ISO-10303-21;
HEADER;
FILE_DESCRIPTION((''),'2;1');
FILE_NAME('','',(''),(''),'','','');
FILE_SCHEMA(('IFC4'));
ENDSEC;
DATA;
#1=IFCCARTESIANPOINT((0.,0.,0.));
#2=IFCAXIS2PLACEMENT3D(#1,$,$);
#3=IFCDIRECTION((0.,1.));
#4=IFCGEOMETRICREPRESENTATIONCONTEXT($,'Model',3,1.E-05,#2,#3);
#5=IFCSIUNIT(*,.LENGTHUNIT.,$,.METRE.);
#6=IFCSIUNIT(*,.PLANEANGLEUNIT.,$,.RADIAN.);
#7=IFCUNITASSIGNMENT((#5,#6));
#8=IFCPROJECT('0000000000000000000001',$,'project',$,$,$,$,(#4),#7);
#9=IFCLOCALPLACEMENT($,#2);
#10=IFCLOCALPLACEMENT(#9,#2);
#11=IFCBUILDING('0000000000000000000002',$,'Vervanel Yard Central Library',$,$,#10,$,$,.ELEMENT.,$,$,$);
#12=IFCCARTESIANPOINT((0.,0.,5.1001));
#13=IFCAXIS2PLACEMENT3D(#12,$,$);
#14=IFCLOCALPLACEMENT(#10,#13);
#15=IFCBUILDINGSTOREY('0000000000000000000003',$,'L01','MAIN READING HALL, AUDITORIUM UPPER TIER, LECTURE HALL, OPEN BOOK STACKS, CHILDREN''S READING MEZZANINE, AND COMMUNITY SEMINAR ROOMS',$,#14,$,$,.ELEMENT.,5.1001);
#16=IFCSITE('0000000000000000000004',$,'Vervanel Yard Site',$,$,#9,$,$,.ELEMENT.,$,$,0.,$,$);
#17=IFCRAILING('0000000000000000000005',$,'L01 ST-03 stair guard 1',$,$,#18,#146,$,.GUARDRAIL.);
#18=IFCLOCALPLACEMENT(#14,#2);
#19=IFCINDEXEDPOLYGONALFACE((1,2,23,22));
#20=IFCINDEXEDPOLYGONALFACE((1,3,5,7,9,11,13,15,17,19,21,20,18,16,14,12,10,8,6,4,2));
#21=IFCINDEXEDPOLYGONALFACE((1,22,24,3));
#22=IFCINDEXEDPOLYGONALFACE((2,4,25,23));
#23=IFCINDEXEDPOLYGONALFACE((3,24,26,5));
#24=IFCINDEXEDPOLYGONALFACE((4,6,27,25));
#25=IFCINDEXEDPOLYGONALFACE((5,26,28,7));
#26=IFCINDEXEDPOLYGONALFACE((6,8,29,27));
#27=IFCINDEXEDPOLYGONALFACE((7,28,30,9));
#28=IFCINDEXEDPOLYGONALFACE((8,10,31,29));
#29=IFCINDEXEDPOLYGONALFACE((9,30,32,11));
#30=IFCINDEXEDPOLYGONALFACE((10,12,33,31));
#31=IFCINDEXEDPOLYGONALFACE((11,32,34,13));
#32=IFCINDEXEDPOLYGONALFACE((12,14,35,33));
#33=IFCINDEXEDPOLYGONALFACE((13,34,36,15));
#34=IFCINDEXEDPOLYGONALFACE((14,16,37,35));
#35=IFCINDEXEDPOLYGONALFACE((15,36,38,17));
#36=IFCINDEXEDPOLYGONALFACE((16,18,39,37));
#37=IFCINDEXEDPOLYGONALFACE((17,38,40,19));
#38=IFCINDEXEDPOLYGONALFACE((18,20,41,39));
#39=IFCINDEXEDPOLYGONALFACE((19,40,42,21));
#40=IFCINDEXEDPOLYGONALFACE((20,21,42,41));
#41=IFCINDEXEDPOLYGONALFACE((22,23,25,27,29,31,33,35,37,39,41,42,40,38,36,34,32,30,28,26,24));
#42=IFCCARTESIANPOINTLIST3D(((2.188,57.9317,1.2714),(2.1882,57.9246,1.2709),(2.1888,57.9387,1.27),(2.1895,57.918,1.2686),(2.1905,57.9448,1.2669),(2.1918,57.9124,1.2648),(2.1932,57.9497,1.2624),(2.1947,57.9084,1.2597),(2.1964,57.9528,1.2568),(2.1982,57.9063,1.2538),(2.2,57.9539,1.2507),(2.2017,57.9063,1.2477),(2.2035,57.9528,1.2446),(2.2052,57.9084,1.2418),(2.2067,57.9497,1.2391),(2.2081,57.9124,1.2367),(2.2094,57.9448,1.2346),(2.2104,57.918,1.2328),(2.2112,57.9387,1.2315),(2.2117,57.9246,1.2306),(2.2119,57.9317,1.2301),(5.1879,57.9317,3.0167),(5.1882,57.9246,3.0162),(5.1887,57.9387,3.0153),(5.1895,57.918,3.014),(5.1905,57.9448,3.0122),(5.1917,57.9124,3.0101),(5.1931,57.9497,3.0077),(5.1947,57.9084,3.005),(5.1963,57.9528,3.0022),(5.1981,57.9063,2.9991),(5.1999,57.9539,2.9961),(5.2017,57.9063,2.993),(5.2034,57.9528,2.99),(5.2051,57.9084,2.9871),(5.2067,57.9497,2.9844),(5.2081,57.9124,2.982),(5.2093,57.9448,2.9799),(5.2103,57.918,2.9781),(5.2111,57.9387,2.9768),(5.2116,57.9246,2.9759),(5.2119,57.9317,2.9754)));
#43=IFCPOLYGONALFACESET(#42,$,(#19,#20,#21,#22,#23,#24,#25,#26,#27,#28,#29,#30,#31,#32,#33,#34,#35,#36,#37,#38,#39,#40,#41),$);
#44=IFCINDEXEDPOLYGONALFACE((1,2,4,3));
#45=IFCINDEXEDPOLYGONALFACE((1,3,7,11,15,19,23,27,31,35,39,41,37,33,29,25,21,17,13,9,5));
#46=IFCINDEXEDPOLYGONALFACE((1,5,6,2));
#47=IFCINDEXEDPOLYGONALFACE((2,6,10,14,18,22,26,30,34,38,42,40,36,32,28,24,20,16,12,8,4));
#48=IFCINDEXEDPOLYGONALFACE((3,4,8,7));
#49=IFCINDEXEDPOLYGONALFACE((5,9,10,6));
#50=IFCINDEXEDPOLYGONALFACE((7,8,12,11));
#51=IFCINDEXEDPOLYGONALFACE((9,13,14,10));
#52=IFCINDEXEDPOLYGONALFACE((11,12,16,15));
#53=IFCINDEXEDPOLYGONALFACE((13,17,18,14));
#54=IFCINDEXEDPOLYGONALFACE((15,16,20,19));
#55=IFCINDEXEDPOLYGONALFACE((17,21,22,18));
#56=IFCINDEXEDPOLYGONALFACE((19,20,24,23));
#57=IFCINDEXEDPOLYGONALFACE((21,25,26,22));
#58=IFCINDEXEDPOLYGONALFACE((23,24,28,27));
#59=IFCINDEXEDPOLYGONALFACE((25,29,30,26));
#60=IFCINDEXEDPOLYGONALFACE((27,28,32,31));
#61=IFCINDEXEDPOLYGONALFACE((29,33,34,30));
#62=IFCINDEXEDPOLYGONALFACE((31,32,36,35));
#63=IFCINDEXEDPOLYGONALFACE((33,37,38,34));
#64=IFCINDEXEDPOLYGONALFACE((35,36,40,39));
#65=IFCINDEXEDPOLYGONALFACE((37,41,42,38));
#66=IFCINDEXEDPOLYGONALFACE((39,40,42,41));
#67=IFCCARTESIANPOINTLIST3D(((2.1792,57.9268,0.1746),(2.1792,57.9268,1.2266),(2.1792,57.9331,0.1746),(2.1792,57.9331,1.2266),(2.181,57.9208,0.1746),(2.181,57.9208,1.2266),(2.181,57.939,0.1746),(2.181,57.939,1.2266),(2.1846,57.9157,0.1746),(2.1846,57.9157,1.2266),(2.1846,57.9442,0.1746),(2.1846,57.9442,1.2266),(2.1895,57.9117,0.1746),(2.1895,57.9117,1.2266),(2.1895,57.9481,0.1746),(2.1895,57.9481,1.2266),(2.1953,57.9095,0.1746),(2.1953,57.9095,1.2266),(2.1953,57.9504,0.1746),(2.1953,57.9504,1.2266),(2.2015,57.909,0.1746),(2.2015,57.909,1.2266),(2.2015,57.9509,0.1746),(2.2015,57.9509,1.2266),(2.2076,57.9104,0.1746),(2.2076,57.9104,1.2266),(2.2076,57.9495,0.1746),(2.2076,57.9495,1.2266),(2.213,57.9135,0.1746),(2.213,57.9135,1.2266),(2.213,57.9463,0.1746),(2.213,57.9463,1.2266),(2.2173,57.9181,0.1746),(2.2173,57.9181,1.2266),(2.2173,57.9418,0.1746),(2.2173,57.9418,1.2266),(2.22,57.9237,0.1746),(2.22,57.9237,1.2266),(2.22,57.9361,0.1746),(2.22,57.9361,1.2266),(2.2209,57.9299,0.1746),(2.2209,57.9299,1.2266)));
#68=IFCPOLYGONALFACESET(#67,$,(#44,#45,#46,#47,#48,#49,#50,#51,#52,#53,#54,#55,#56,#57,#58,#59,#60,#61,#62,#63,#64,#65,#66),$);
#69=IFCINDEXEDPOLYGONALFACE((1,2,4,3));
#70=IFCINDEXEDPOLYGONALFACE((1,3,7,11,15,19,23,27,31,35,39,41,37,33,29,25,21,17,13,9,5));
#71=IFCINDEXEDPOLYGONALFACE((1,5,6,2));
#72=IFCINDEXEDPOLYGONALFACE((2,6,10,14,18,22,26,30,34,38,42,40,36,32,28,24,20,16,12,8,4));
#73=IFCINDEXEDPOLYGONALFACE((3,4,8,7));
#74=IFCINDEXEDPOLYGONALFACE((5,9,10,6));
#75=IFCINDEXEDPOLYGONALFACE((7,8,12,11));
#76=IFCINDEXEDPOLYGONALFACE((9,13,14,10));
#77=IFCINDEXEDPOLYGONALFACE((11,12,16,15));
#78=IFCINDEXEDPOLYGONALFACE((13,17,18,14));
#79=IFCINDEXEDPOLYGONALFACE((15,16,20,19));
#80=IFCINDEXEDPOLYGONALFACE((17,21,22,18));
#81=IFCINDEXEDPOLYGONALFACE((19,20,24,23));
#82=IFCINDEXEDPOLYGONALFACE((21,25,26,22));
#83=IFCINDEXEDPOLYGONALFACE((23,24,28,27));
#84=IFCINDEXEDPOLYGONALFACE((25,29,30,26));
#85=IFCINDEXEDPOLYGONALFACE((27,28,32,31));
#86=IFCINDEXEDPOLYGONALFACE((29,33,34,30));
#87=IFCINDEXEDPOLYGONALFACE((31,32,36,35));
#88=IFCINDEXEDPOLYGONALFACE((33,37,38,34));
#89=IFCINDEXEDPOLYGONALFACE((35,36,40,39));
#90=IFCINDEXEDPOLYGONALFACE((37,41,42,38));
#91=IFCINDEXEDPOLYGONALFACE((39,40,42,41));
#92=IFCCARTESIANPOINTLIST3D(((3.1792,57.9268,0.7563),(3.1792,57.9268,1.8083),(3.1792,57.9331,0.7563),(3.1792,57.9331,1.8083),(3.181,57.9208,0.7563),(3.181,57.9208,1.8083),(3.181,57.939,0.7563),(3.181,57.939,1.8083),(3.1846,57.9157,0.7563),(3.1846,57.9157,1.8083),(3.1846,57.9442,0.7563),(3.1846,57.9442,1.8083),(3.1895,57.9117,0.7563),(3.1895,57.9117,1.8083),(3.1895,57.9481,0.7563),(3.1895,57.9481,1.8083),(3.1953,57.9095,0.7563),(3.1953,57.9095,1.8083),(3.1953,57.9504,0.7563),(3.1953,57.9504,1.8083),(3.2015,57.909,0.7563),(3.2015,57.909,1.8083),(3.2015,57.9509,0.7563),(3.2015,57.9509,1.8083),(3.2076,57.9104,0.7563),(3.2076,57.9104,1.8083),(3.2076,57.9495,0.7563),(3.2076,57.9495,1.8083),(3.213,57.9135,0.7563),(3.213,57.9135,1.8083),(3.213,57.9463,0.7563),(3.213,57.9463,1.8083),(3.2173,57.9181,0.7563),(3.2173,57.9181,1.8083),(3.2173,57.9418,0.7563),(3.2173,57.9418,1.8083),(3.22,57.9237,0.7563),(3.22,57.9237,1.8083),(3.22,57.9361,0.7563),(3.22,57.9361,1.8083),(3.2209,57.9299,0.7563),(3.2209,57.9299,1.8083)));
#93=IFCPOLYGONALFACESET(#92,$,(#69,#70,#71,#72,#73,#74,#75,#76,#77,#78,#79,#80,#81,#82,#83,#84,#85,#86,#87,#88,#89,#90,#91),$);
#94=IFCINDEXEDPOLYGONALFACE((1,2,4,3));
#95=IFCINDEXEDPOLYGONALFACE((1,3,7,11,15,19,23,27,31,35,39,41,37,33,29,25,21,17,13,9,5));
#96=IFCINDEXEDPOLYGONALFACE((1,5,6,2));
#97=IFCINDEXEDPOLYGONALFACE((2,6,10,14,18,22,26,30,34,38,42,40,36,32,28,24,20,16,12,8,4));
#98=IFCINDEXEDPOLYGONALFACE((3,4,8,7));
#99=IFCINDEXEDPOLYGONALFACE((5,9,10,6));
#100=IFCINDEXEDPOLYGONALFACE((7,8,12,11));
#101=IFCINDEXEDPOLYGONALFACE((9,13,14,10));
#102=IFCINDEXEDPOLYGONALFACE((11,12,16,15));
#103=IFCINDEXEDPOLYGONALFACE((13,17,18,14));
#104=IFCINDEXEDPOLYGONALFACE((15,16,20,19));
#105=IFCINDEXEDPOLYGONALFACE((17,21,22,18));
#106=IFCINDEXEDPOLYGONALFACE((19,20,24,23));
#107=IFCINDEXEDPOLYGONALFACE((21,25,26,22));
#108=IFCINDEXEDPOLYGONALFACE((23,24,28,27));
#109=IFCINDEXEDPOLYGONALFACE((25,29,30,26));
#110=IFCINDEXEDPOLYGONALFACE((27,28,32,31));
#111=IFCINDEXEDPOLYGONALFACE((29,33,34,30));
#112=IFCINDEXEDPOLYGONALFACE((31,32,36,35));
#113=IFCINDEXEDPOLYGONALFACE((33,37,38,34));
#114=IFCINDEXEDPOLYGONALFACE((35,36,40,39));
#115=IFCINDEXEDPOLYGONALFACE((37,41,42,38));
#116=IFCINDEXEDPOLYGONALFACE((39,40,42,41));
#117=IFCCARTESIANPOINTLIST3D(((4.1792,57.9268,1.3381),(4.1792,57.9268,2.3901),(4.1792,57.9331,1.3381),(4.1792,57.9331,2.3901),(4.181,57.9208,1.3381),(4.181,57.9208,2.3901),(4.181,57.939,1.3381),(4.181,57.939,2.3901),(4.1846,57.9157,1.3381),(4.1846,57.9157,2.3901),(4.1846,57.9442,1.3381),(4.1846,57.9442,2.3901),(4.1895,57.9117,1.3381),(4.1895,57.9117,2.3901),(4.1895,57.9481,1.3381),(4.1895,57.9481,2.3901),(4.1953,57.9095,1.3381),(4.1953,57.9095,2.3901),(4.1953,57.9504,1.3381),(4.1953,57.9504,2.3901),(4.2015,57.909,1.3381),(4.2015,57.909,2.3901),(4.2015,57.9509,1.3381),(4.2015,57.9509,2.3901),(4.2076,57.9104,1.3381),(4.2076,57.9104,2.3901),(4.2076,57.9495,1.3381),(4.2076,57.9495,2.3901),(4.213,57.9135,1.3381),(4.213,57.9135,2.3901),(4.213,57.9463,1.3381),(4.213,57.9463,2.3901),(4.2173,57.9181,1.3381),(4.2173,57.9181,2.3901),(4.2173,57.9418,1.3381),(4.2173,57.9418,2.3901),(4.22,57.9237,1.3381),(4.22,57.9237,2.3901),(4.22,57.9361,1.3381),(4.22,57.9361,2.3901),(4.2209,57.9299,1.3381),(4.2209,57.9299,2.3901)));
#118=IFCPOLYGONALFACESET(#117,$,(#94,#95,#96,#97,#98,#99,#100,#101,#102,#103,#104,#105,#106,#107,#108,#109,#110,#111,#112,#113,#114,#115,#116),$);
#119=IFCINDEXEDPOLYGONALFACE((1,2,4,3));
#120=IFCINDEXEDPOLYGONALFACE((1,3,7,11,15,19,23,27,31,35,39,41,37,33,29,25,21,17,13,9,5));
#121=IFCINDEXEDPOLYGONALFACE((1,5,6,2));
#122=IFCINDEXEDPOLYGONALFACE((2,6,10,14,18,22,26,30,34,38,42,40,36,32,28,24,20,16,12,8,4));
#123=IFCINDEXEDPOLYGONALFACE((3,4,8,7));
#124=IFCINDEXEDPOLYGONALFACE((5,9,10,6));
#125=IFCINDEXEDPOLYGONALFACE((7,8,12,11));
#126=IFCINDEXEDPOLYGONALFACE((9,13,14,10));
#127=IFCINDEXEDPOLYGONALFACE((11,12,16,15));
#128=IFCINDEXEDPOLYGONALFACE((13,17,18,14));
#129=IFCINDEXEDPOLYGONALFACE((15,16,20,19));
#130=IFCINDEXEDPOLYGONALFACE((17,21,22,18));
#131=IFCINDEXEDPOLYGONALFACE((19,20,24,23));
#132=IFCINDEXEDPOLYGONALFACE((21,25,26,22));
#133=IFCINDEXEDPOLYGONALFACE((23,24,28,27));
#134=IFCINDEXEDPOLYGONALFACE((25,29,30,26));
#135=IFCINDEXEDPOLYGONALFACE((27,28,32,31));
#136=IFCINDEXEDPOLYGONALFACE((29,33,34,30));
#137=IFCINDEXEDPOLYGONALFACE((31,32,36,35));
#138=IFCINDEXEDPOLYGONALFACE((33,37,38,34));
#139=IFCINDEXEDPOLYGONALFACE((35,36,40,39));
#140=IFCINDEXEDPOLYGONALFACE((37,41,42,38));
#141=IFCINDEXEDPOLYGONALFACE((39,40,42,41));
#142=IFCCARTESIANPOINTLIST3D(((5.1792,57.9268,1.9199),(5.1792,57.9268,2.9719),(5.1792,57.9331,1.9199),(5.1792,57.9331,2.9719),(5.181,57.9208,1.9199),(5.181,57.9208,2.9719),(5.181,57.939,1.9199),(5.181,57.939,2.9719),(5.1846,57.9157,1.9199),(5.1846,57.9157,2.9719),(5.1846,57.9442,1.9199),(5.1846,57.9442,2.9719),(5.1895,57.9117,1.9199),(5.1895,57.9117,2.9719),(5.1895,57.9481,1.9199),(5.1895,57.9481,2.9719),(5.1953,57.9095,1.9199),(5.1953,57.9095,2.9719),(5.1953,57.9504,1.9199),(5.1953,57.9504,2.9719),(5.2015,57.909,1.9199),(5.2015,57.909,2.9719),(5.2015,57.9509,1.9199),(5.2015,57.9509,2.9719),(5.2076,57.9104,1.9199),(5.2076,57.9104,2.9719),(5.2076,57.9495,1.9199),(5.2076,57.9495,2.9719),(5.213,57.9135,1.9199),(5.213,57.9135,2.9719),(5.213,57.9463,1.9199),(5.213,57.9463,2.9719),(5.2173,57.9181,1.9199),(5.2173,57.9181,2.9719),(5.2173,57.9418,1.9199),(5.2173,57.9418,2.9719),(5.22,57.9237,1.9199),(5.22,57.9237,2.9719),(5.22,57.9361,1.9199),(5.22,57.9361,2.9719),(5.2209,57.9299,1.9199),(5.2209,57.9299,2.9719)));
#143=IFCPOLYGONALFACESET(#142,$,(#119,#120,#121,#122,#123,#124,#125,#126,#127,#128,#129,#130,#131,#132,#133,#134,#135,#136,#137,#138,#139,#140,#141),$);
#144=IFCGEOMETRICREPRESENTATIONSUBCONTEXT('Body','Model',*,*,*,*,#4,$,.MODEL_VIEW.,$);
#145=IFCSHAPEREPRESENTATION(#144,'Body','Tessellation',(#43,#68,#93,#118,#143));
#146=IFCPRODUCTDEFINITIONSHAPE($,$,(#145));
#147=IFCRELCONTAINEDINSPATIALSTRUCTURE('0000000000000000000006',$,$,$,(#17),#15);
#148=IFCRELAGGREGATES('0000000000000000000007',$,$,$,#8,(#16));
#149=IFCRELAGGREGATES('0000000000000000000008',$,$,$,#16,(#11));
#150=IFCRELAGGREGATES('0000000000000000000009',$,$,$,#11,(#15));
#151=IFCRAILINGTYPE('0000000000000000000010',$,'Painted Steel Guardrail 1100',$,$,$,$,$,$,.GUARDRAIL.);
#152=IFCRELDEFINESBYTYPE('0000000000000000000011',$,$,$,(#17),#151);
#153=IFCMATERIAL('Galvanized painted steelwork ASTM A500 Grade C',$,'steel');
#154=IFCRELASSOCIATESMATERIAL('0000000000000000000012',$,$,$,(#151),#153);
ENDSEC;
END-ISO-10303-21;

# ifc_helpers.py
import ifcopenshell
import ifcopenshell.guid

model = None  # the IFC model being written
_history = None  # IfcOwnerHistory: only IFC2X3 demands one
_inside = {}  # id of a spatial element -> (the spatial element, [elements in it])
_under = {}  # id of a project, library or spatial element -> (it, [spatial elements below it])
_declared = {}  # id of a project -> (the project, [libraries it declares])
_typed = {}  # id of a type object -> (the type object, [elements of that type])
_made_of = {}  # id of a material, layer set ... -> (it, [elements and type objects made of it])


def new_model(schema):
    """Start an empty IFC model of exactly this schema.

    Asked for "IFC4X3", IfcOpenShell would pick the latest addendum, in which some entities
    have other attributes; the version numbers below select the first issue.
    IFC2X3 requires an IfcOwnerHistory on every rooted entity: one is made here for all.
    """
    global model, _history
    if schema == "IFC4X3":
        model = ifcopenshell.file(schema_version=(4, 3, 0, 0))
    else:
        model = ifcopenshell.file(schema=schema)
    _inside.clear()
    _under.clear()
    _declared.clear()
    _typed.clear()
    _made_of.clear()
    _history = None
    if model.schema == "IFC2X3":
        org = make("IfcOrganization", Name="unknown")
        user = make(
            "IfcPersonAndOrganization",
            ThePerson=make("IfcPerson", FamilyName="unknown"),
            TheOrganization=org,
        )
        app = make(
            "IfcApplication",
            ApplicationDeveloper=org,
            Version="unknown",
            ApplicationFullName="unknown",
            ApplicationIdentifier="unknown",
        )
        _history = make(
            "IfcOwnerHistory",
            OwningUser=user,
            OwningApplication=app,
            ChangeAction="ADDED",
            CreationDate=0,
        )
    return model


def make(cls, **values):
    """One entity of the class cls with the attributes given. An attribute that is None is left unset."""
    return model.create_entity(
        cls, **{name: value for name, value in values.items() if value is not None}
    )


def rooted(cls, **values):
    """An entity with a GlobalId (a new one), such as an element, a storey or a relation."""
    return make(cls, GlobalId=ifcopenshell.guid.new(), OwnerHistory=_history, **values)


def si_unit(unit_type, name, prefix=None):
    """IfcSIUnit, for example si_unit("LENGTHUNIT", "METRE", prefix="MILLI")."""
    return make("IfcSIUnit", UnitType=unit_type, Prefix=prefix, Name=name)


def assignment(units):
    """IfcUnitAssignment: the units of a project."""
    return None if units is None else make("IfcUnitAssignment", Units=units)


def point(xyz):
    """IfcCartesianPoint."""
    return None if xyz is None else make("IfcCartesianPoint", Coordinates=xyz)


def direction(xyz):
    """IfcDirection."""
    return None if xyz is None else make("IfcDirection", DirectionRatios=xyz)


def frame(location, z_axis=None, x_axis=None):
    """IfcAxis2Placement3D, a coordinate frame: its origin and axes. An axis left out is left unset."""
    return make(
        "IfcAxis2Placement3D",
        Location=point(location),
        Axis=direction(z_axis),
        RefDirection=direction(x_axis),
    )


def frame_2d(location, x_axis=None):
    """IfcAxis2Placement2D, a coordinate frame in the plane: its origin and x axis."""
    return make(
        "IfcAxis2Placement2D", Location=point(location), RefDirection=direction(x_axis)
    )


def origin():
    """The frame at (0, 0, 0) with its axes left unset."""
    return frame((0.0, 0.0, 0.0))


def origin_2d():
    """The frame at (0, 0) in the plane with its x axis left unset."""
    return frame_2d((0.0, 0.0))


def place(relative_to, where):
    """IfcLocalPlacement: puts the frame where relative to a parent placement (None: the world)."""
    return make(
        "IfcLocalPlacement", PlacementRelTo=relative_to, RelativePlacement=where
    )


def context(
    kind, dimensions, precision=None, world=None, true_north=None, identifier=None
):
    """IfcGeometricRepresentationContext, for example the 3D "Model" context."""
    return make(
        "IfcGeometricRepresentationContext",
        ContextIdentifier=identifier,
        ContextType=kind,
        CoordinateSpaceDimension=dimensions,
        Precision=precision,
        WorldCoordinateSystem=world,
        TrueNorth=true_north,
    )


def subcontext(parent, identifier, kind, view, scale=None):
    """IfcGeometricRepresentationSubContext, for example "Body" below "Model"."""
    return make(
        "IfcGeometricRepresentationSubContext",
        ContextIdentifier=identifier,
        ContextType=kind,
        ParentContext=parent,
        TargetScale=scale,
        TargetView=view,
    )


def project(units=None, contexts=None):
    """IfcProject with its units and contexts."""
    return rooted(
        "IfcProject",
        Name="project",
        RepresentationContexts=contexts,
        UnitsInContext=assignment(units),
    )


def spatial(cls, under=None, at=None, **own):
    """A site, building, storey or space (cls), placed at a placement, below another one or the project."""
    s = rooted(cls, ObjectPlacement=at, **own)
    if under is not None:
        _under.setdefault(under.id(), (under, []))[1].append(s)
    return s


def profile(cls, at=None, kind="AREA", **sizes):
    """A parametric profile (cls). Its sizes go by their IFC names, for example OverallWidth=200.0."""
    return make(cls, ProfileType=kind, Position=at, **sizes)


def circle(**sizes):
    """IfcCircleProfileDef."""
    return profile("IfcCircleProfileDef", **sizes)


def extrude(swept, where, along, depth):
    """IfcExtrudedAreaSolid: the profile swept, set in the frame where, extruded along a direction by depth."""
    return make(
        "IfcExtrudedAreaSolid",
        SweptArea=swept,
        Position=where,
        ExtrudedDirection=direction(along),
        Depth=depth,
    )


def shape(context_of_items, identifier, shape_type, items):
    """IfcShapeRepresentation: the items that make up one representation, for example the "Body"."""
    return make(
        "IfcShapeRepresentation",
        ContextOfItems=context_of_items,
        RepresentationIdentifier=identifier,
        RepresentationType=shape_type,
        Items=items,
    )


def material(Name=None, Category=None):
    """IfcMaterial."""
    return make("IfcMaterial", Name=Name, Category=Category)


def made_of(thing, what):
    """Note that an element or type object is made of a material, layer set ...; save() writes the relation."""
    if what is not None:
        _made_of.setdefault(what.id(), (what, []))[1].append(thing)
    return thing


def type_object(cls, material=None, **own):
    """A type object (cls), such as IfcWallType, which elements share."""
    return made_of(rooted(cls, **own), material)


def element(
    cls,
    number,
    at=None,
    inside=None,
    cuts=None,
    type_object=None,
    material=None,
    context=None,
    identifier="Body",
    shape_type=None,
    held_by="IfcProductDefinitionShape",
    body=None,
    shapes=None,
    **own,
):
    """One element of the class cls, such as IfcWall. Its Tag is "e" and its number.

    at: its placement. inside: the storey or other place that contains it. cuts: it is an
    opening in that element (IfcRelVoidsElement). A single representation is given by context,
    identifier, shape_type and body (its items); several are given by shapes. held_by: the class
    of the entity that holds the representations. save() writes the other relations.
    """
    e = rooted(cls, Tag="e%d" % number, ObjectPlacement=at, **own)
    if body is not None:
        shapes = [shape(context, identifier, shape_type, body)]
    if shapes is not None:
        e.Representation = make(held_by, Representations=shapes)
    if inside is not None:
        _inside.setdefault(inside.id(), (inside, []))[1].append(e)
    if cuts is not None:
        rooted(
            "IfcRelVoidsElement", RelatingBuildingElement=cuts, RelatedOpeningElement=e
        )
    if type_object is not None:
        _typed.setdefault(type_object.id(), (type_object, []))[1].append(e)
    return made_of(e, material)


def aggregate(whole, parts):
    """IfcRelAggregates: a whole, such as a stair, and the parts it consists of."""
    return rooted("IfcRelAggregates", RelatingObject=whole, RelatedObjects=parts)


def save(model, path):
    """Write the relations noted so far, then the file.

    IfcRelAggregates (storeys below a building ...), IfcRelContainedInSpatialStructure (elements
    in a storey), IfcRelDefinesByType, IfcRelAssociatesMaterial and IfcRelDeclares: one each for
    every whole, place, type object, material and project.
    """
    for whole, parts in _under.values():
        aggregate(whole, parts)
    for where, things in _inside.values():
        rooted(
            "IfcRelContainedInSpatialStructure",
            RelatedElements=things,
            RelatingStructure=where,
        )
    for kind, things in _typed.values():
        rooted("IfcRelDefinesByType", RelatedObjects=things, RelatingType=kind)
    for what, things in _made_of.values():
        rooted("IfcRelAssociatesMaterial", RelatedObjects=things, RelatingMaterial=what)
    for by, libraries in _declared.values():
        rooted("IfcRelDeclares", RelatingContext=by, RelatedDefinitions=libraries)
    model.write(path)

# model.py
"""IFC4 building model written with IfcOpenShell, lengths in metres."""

from ifc_helpers import new_model, si_unit, direction, frame, origin, origin_2d, place, context, subcontext, project, spatial, circle, extrude, material, type_object, element, save


model = new_model("IFC4")

# Units and contexts
model_context = context("Model", 3, precision=1e-05, world=origin(), true_north=direction((0.0, 1.0)))
body_context = subcontext(model_context, "Body", "Model", "MODEL_VIEW")
ifc_project = project(units=[si_unit("LENGTHUNIT", "METRE"), si_unit("PLANEANGLEUNIT", "RADIAN")], contexts=[model_context])

# Site, building, storey
site_placement = place(None, origin())
site = spatial("IfcSite", under=ifc_project, at=site_placement, Name="Vervanel Yard Site", CompositionType="ELEMENT", RefElevation=0.0)
building_placement = place(site_placement, origin())
building = spatial("IfcBuilding", under=site, at=building_placement, Name="Vervanel Yard Central Library", CompositionType="ELEMENT")
storey_placement = place(building_placement, frame((0.0, 0.0, 5.1001)))
storey = spatial("IfcBuildingStorey", under=building, at=storey_placement, Name="L01", Description="MAIN READING HALL, AUDITORIUM UPPER TIER, LECTURE HALL, OPEN BOOK STACKS, CHILDREN'S READING MEZZANINE, AND COMMUNITY SEMINAR ROOMS", CompositionType="ELEMENT", Elevation=5.1001)

# Shared definitions
ifc_material_1 = material(Name="Galvanized painted steelwork ASTM A500 Grade C", Category="steel")

# Railing
railing_type_1 = type_object("IfcRailingType", Name="Painted Steel Guardrail 1100", PredefinedType="GUARDRAIL", material=ifc_material_1)
railing_1_placement = place(storey_placement, frame((2.2, 57.9299, 0.1746)))
element("IfcRailing", 1, at=railing_1_placement, inside=storey, type_object=railing_type_1, Name="L01 ST-03 stair guard 1", PredefinedType="GUARDRAIL", context=body_context, shape_type="SweptSolid", body=[
    extrude(circle(Radius=0.0239, at=origin_2d()), frame((0.0, 0.0, 1.0762), z_axis=(0.86436, 0.0, 0.502874), x_axis=(0.0, 1.0, 0.0)), (0.0, 0.0, 1.0), 3.4707),
    extrude(circle(Radius=0.021, at=origin_2d()), origin(), (0.0, 0.0, 1.0), 1.052),
    extrude(circle(Radius=0.021, at=origin_2d()), frame((1.0, 0.0, 0.5818)), (0.0, 0.0, 1.0), 1.052),
    extrude(circle(Radius=0.021, at=origin_2d()), frame((2.0, 0.0, 1.1636)), (0.0, 0.0, 1.0), 1.052),
    extrude(circle(Radius=0.021, at=origin_2d()), frame((3.0, 0.0, 1.7454)), (0.0, 0.0, 1.0), 1.052),
])

save(model, "model.ifc")
